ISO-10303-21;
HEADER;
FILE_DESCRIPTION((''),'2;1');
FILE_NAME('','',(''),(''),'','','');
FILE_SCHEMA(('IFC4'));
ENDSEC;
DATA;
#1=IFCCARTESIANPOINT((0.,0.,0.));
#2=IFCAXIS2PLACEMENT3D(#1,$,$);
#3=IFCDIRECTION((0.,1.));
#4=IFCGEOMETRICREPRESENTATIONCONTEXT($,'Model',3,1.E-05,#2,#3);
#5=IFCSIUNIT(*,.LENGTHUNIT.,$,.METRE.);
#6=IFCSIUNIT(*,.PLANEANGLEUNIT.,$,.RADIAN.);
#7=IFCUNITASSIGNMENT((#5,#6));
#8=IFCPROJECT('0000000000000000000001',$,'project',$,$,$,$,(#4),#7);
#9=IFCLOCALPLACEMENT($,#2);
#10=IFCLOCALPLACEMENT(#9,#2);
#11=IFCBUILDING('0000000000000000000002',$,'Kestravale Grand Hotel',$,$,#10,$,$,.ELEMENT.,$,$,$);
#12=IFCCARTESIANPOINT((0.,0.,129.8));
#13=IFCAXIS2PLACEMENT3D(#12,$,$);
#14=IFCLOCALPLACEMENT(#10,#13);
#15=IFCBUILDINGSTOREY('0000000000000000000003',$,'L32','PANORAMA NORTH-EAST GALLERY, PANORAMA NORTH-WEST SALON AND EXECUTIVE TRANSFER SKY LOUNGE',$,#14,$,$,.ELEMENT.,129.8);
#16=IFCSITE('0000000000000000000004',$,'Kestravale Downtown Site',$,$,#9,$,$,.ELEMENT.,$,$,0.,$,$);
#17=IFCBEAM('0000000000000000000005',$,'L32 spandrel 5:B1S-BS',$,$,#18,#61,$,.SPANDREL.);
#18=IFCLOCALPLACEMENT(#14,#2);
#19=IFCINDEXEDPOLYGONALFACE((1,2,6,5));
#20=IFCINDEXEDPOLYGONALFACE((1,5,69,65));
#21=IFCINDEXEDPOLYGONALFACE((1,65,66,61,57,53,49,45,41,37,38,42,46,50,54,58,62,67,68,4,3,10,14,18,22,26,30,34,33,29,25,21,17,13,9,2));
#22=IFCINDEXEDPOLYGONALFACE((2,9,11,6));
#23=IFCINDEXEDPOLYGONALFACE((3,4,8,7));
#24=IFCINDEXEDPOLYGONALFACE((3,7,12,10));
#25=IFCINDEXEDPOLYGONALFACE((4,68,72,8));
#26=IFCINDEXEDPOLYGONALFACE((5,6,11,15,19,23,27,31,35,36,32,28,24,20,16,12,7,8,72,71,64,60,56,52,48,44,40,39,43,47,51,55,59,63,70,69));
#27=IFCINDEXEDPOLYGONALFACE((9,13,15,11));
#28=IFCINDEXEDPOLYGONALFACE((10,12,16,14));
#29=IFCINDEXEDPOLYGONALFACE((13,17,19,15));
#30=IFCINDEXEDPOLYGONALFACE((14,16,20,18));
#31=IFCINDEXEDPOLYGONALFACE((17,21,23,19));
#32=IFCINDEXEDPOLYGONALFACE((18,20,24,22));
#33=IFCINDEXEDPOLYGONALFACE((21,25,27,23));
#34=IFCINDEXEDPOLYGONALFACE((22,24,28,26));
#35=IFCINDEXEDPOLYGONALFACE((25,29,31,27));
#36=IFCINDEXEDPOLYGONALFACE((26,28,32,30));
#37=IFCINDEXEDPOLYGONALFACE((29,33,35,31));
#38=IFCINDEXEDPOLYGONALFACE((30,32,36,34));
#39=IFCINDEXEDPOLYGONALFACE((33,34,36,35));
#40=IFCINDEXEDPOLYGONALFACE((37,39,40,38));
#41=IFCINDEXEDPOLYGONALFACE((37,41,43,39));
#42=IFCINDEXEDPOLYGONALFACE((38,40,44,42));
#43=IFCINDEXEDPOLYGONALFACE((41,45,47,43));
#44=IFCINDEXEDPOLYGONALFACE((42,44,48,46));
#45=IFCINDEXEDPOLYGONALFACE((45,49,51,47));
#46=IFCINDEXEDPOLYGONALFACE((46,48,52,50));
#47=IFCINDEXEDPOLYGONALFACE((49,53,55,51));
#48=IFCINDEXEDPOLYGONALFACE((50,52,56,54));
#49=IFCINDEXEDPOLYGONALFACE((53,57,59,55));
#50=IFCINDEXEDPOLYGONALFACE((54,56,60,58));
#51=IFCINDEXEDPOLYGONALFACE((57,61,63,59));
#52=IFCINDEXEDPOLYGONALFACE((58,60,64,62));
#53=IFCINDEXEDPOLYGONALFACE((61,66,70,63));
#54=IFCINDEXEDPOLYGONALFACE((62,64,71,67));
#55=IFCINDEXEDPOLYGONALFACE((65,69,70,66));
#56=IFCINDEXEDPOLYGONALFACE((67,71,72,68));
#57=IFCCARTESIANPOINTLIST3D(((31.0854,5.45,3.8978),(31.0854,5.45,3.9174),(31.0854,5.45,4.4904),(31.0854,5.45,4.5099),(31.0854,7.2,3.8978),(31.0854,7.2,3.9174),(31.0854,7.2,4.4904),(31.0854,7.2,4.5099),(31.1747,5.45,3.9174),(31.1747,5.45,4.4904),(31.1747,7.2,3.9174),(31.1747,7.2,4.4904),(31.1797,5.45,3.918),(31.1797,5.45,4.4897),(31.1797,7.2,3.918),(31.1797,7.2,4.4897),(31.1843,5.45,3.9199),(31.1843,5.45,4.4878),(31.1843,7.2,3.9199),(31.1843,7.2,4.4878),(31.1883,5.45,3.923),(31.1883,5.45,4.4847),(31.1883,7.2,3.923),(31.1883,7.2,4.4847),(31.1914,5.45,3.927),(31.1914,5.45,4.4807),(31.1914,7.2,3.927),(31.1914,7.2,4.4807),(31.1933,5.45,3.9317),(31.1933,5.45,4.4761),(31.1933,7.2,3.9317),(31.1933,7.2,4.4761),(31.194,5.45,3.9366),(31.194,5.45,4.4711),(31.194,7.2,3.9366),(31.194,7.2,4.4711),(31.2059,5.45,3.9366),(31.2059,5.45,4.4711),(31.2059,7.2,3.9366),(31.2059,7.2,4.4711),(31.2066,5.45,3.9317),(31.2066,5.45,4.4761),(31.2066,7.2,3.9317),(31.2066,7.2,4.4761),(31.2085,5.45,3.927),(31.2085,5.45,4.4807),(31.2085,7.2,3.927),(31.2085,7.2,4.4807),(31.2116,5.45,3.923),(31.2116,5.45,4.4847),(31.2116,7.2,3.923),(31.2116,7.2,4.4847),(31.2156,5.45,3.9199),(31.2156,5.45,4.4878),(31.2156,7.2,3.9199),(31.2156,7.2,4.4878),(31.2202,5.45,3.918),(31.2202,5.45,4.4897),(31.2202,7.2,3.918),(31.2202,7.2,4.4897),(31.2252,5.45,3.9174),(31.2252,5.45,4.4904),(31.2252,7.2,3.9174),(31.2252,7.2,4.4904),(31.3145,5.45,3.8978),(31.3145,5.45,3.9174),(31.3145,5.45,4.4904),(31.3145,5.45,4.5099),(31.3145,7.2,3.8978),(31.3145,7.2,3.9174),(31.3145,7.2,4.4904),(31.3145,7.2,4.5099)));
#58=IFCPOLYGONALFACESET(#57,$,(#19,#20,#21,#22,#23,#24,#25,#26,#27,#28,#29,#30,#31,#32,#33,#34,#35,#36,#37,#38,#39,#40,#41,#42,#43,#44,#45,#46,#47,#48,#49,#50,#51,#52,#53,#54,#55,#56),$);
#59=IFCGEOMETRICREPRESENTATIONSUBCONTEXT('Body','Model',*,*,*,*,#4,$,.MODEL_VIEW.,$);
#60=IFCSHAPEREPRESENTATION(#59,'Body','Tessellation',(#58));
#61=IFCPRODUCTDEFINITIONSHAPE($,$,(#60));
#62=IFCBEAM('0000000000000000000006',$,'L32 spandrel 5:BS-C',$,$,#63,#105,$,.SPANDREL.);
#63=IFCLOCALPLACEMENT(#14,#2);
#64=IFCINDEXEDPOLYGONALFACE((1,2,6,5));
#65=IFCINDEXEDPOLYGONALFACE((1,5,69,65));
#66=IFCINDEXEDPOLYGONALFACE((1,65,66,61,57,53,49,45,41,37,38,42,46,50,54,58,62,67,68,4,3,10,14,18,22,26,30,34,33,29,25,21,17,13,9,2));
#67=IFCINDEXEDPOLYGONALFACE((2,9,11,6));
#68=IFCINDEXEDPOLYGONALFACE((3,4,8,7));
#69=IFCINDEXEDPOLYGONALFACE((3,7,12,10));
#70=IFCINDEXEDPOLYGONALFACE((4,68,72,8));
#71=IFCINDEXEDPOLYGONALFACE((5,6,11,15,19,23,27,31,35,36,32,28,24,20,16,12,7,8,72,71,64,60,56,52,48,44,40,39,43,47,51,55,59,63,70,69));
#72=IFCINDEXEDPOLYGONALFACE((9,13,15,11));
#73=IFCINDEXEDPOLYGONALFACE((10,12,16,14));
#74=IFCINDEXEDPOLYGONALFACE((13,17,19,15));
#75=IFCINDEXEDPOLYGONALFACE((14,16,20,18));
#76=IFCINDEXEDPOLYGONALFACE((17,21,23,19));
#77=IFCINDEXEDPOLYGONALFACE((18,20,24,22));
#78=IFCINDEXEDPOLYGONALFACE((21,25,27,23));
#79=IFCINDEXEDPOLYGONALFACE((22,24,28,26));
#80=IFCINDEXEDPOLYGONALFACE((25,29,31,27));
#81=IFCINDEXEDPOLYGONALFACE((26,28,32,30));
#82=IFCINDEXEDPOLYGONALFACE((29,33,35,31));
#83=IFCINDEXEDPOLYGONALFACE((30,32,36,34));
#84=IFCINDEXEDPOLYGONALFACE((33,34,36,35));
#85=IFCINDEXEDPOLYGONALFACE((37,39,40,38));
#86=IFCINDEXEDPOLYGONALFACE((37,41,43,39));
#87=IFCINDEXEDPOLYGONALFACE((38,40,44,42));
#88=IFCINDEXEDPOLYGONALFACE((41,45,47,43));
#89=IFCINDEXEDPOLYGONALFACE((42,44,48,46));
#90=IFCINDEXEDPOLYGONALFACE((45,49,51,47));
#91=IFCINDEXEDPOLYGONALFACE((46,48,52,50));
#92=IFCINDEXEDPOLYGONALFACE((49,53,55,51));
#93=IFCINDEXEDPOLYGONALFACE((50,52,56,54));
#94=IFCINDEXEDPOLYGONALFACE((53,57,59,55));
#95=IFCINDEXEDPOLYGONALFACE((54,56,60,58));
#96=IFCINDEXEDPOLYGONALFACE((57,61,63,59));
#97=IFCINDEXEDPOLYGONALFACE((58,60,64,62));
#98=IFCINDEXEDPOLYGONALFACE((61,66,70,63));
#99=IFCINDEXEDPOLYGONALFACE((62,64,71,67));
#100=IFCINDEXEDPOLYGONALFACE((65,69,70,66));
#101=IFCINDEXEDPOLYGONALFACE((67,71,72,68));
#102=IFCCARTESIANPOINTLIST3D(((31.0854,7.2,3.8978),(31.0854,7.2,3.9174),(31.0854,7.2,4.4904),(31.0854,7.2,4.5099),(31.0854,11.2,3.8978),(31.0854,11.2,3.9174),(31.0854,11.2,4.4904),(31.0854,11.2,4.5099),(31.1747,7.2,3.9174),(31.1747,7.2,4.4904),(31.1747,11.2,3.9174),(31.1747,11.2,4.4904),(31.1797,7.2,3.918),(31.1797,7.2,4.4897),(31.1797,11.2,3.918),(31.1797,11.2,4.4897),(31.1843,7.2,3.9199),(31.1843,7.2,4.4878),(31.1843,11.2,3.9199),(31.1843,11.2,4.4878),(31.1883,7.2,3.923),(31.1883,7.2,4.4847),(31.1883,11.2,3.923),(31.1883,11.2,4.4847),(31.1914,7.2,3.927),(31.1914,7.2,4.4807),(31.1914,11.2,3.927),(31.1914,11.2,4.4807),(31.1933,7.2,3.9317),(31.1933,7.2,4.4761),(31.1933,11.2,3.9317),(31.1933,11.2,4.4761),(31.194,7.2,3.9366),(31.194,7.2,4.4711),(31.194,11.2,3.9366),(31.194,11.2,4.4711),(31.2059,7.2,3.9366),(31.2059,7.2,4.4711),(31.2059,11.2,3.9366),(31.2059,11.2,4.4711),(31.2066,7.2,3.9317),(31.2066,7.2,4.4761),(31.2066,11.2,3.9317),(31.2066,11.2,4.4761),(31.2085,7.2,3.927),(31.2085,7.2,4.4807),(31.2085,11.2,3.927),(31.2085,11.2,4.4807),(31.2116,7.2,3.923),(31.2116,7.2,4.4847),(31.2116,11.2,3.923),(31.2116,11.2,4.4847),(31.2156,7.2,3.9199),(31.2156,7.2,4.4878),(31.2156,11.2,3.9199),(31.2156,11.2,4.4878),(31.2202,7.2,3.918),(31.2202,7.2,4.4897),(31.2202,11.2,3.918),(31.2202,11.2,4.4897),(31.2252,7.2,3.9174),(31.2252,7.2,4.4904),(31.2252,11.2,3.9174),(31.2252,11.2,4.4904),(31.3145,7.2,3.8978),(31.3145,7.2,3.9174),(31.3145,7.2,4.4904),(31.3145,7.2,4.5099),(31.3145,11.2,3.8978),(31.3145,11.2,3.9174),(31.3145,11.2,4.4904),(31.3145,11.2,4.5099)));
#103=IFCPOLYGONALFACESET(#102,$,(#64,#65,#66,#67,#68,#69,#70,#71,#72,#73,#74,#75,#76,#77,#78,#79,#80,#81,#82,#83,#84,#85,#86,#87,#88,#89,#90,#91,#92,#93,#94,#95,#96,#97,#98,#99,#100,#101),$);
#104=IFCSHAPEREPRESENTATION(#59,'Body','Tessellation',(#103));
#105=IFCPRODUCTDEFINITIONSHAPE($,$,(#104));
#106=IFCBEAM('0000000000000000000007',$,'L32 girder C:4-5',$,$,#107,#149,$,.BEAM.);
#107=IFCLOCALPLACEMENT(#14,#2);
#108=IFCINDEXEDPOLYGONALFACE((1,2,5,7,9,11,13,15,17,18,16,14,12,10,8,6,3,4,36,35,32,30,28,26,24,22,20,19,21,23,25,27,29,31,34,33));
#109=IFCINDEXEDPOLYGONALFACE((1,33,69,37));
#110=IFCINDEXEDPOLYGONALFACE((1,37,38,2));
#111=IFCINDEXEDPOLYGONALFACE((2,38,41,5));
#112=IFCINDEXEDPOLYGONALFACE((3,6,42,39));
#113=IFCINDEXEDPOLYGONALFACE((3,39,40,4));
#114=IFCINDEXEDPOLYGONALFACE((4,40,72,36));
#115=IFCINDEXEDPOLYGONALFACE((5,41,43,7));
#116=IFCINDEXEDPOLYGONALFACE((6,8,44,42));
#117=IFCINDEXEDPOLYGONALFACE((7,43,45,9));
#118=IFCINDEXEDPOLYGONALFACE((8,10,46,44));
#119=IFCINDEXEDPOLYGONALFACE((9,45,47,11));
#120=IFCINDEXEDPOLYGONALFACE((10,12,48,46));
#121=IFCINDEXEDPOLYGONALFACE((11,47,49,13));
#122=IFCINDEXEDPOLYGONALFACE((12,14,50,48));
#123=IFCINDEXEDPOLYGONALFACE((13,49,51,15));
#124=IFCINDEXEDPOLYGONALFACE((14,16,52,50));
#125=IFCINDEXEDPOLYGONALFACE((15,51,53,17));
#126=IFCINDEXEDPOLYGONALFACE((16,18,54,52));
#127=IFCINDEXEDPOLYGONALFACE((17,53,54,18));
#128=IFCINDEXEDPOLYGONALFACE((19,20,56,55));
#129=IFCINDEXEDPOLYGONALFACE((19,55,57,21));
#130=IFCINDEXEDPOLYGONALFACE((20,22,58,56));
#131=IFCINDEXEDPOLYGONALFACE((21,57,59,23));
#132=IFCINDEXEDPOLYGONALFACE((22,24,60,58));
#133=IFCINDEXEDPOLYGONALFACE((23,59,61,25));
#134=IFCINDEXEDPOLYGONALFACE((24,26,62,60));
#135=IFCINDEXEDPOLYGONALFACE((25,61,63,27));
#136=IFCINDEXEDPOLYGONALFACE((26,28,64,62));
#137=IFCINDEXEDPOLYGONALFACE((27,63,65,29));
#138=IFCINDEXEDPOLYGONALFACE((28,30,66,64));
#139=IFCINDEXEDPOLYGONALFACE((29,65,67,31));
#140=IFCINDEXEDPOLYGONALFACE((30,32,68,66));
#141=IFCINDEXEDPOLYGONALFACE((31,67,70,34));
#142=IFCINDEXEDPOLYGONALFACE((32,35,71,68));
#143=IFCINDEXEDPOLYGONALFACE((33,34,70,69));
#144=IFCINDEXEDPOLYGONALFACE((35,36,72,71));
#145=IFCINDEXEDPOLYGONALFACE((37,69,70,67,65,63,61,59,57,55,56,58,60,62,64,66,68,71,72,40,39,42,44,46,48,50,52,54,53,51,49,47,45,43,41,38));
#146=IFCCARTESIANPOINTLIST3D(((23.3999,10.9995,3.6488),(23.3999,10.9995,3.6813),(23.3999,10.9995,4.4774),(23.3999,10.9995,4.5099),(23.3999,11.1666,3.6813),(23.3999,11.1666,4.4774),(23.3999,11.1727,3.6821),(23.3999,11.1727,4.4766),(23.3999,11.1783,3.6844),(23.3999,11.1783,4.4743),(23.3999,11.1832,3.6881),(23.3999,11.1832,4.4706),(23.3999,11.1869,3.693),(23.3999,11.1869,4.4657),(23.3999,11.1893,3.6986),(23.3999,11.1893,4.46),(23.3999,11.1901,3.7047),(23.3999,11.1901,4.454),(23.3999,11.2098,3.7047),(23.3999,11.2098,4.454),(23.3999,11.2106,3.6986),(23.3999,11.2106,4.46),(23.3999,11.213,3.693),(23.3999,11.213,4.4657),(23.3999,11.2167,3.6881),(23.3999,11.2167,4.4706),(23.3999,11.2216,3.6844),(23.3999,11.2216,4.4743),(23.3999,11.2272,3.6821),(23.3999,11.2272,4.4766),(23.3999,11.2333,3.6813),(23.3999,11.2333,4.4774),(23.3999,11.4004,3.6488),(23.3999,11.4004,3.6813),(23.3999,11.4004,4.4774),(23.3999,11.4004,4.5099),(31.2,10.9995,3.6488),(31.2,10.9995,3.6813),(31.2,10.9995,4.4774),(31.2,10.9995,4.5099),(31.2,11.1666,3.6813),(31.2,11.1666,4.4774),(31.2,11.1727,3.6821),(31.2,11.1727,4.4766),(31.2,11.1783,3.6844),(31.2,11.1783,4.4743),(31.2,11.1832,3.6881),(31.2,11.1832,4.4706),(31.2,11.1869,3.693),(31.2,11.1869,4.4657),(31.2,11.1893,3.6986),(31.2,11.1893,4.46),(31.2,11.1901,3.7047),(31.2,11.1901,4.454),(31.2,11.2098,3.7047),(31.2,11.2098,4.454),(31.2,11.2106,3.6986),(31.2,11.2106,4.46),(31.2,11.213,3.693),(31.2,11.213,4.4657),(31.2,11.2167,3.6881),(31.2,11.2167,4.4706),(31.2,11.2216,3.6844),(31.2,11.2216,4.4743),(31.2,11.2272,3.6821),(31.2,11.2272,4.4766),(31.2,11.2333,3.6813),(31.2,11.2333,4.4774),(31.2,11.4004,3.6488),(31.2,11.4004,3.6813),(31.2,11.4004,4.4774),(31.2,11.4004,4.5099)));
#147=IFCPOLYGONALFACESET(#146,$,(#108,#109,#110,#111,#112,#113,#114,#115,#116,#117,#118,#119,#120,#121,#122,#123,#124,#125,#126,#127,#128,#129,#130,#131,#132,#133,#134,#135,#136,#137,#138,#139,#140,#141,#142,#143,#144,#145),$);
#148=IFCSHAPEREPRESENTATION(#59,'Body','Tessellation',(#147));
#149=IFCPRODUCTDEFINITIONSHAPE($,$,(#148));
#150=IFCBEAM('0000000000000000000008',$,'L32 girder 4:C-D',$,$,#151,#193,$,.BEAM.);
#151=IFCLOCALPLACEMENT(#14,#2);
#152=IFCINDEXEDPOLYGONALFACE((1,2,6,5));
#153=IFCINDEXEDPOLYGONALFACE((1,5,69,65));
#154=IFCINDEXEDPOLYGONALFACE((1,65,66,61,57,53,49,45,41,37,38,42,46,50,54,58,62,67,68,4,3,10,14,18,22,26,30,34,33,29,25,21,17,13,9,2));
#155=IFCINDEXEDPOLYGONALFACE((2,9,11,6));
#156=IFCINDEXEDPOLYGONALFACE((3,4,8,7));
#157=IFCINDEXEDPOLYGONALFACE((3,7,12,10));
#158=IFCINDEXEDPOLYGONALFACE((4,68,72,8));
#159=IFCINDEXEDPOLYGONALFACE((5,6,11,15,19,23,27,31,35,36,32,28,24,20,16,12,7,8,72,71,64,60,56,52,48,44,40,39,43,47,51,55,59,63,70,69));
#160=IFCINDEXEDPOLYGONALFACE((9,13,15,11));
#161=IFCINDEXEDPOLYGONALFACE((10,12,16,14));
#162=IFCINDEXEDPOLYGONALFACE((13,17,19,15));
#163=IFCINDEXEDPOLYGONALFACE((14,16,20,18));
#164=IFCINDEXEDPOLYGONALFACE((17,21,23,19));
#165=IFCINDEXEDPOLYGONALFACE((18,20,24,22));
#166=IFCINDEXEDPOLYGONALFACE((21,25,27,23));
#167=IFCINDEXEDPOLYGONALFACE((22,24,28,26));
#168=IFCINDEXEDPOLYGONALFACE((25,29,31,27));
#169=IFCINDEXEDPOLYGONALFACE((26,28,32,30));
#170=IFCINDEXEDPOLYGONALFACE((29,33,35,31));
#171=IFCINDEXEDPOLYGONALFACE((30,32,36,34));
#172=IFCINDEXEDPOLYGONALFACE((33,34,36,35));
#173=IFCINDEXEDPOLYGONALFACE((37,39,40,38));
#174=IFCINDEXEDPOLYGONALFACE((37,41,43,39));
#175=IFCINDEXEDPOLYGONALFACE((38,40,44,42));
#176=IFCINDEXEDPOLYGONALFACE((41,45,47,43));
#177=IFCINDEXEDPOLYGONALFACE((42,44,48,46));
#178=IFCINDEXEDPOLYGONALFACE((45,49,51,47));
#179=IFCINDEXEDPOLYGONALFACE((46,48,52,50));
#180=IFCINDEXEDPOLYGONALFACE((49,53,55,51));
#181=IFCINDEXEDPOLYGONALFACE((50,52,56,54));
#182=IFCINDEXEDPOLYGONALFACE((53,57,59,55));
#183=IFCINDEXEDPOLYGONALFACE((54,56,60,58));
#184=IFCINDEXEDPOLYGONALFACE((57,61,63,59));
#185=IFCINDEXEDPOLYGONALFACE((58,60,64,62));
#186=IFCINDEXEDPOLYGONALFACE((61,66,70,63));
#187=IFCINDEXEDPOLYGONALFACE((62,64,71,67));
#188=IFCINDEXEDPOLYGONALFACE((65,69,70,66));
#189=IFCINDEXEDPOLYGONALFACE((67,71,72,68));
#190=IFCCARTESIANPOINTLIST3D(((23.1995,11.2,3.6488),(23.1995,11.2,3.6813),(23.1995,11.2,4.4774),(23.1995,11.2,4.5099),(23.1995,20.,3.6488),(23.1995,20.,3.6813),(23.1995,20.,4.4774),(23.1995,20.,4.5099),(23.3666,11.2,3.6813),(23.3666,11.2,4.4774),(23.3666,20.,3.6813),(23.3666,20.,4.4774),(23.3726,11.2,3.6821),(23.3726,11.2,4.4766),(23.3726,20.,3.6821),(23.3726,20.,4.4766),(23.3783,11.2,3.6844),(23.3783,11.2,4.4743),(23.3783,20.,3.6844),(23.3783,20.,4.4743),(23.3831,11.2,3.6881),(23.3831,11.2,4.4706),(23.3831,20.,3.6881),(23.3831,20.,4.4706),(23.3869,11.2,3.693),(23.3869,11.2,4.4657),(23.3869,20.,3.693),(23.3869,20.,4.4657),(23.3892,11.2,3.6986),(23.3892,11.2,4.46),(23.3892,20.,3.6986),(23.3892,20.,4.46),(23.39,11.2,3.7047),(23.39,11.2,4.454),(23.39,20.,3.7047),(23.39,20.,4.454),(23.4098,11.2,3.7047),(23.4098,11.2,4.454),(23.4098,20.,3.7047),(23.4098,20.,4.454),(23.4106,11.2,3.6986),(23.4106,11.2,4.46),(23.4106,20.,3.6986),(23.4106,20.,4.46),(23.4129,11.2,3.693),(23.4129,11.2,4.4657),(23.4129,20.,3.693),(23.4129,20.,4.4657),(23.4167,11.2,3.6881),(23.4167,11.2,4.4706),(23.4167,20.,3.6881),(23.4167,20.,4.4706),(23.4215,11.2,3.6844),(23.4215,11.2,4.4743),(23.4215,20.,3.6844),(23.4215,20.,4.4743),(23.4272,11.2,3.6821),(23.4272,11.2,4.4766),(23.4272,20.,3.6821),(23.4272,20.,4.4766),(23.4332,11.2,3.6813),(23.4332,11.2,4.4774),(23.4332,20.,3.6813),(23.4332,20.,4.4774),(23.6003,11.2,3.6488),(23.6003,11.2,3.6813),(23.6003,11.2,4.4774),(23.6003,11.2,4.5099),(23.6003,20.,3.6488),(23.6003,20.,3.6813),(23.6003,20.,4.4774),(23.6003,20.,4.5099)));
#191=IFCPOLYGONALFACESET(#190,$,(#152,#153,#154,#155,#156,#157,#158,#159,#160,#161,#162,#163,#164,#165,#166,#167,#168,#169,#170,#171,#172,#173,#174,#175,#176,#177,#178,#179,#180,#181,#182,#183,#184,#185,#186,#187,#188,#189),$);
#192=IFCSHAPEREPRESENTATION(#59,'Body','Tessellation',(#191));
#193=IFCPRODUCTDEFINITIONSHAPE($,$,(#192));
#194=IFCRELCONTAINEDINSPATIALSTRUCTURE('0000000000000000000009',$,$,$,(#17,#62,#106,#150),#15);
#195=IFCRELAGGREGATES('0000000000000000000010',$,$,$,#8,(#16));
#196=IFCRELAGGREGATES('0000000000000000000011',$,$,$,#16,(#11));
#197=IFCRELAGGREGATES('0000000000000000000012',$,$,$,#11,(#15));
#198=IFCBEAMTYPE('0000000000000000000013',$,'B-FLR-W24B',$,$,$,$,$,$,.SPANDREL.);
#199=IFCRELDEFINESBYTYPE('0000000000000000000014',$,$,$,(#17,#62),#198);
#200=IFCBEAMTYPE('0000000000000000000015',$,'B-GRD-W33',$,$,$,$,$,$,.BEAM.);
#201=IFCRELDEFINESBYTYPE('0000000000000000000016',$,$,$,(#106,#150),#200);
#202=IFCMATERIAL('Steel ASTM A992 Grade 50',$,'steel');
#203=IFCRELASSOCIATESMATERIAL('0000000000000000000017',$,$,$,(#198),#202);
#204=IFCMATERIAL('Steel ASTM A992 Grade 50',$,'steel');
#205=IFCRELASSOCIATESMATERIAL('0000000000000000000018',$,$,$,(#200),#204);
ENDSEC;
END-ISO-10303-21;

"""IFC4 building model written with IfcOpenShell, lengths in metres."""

from ifc_helpers import new_model, si_unit, direction, frame, origin, origin_2d, place, context, subcontext, project, spatial, i_section, extrude, material, material_profile, profile_set, type_object, element, save


model = new_model("IFC4")

# Units and contexts
model_context = context("Model", 3, precision=1e-05, world=origin(), true_north=direction((0.0, 1.0)))
body_context = subcontext(model_context, "Body", "Model", "MODEL_VIEW")
ifc_project = project(units=[si_unit("LENGTHUNIT", "METRE"), si_unit("PLANEANGLEUNIT", "RADIAN")], contexts=[model_context])

# Site, building, storey
site_placement = place(None, origin())
site = spatial("IfcSite", under=ifc_project, at=site_placement, Name="Kestravale Downtown Site", CompositionType="ELEMENT", RefElevation=0.0)
building_placement = place(site_placement, origin())
building = spatial("IfcBuilding", under=site, at=building_placement, Name="Kestravale Grand Hotel", CompositionType="ELEMENT")
storey_placement = place(building_placement, frame((0.0, 0.0, 129.8)))
storey = spatial("IfcBuildingStorey", under=building, at=storey_placement, Name="L32", Description="PANORAMA NORTH-EAST GALLERY, PANORAMA NORTH-WEST SALON AND EXECUTIVE TRANSFER SKY LOUNGE", CompositionType="ELEMENT", Elevation=129.8)

# Beams
ifc_material_1 = material(Name="Steel ASTM A992 Grade 50", Category="steel")
ifc_material_profile_1 = material_profile(ifc_material_1, i_section(OverallWidth=0.229, OverallDepth=0.6121, WebThickness=0.012, FlangeThickness=0.0195, FilletRadius=0.0193, at=origin_2d()))
ifc_profile_set_1 = profile_set([ifc_material_profile_1], Name="Steel ASTM A992 Grade 50")
beam_type_1 = type_object("IfcBeamType", Name="B-FLR-W24B", PredefinedType="SPANDREL", material=ifc_profile_set_1)
beam_1_placement = place(storey_placement, frame((31.2, 5.45, 4.2039), z_axis=(0.0, 1.0, 0.0), x_axis=(-1.0, 0.0, 0.0)))
element("IfcBeam", 1, at=beam_1_placement, inside=storey, type_object=beam_type_1, Name="L32 spandrel 5:B1S-BS", PredefinedType="SPANDREL", context=body_context, shape_type="SweptSolid", body=[
    extrude(i_section(OverallWidth=0.229, OverallDepth=0.6121, WebThickness=0.012, FlangeThickness=0.0195, FilletRadius=0.0193, at=origin_2d()), origin(), (0.0, 0.0, 1.0), 1.75),
])
beam_2_placement = place(storey_placement, frame((31.2, 7.2, 4.2039), z_axis=(0.0, 1.0, 0.0), x_axis=(-1.0, 0.0, 0.0)))
element("IfcBeam", 2, at=beam_2_placement, inside=storey, type_object=beam_type_1, Name="L32 spandrel 5:BS-C", PredefinedType="SPANDREL", context=body_context, shape_type="SweptSolid", body=[
    extrude(i_section(OverallWidth=0.229, OverallDepth=0.6121, WebThickness=0.012, FlangeThickness=0.0195, FilletRadius=0.0193, at=origin_2d()), origin(), (0.0, 0.0, 1.0), 4.0),
])
ifc_material_2 = material(Name="Steel ASTM A992 Grade 50", Category="steel")
ifc_material_profile_2 = material_profile(ifc_material_2, i_section(OverallWidth=0.4009, OverallDepth=0.8611, WebThickness=0.0198, FlangeThickness=0.0325, FilletRadius=0.0234, at=origin_2d()))
ifc_profile_set_2 = profile_set([ifc_material_profile_2], Name="Steel ASTM A992 Grade 50")
beam_type_2 = type_object("IfcBeamType", Name="B-GRD-W33", PredefinedType="BEAM", material=ifc_profile_set_2)
beam_3_placement = place(storey_placement, frame((23.3999, 11.2, 4.0793), z_axis=(1.0, 0.0, 0.0), x_axis=(0.0, 1.0, 0.0)))
element("IfcBeam", 3, at=beam_3_placement, inside=storey, type_object=beam_type_2, Name="L32 girder C:4-5", PredefinedType="BEAM", context=body_context, shape_type="SweptSolid", body=[
    extrude(i_section(OverallWidth=0.4009, OverallDepth=0.8611, WebThickness=0.0198, FlangeThickness=0.0325, FilletRadius=0.0234, at=origin_2d()), origin(), (0.0, 0.0, 1.0), 7.8),
])
for number, where, z_axis, x_axis, name in (
    (4, (23.3999, 11.2, 4.0793), (0.0, 1.0, 0.0), (-1.0, 0.0, 0.0), "L32 girder 4:C-D"),
):
    element("IfcBeam", number, at=place(storey_placement, frame(where, z_axis=z_axis, x_axis=x_axis)), inside=storey, type_object=beam_type_2, Name=name, PredefinedType="BEAM", context=body_context, shape_type="SweptSolid", body=[
        extrude(i_section(OverallWidth=0.4009, OverallDepth=0.8611, WebThickness=0.0198, FlangeThickness=0.0325, FilletRadius=0.0234, at=origin_2d()), origin(), (0.0, 0.0, 1.0), 8.8),
    ])

save(model, "model.ifc")
